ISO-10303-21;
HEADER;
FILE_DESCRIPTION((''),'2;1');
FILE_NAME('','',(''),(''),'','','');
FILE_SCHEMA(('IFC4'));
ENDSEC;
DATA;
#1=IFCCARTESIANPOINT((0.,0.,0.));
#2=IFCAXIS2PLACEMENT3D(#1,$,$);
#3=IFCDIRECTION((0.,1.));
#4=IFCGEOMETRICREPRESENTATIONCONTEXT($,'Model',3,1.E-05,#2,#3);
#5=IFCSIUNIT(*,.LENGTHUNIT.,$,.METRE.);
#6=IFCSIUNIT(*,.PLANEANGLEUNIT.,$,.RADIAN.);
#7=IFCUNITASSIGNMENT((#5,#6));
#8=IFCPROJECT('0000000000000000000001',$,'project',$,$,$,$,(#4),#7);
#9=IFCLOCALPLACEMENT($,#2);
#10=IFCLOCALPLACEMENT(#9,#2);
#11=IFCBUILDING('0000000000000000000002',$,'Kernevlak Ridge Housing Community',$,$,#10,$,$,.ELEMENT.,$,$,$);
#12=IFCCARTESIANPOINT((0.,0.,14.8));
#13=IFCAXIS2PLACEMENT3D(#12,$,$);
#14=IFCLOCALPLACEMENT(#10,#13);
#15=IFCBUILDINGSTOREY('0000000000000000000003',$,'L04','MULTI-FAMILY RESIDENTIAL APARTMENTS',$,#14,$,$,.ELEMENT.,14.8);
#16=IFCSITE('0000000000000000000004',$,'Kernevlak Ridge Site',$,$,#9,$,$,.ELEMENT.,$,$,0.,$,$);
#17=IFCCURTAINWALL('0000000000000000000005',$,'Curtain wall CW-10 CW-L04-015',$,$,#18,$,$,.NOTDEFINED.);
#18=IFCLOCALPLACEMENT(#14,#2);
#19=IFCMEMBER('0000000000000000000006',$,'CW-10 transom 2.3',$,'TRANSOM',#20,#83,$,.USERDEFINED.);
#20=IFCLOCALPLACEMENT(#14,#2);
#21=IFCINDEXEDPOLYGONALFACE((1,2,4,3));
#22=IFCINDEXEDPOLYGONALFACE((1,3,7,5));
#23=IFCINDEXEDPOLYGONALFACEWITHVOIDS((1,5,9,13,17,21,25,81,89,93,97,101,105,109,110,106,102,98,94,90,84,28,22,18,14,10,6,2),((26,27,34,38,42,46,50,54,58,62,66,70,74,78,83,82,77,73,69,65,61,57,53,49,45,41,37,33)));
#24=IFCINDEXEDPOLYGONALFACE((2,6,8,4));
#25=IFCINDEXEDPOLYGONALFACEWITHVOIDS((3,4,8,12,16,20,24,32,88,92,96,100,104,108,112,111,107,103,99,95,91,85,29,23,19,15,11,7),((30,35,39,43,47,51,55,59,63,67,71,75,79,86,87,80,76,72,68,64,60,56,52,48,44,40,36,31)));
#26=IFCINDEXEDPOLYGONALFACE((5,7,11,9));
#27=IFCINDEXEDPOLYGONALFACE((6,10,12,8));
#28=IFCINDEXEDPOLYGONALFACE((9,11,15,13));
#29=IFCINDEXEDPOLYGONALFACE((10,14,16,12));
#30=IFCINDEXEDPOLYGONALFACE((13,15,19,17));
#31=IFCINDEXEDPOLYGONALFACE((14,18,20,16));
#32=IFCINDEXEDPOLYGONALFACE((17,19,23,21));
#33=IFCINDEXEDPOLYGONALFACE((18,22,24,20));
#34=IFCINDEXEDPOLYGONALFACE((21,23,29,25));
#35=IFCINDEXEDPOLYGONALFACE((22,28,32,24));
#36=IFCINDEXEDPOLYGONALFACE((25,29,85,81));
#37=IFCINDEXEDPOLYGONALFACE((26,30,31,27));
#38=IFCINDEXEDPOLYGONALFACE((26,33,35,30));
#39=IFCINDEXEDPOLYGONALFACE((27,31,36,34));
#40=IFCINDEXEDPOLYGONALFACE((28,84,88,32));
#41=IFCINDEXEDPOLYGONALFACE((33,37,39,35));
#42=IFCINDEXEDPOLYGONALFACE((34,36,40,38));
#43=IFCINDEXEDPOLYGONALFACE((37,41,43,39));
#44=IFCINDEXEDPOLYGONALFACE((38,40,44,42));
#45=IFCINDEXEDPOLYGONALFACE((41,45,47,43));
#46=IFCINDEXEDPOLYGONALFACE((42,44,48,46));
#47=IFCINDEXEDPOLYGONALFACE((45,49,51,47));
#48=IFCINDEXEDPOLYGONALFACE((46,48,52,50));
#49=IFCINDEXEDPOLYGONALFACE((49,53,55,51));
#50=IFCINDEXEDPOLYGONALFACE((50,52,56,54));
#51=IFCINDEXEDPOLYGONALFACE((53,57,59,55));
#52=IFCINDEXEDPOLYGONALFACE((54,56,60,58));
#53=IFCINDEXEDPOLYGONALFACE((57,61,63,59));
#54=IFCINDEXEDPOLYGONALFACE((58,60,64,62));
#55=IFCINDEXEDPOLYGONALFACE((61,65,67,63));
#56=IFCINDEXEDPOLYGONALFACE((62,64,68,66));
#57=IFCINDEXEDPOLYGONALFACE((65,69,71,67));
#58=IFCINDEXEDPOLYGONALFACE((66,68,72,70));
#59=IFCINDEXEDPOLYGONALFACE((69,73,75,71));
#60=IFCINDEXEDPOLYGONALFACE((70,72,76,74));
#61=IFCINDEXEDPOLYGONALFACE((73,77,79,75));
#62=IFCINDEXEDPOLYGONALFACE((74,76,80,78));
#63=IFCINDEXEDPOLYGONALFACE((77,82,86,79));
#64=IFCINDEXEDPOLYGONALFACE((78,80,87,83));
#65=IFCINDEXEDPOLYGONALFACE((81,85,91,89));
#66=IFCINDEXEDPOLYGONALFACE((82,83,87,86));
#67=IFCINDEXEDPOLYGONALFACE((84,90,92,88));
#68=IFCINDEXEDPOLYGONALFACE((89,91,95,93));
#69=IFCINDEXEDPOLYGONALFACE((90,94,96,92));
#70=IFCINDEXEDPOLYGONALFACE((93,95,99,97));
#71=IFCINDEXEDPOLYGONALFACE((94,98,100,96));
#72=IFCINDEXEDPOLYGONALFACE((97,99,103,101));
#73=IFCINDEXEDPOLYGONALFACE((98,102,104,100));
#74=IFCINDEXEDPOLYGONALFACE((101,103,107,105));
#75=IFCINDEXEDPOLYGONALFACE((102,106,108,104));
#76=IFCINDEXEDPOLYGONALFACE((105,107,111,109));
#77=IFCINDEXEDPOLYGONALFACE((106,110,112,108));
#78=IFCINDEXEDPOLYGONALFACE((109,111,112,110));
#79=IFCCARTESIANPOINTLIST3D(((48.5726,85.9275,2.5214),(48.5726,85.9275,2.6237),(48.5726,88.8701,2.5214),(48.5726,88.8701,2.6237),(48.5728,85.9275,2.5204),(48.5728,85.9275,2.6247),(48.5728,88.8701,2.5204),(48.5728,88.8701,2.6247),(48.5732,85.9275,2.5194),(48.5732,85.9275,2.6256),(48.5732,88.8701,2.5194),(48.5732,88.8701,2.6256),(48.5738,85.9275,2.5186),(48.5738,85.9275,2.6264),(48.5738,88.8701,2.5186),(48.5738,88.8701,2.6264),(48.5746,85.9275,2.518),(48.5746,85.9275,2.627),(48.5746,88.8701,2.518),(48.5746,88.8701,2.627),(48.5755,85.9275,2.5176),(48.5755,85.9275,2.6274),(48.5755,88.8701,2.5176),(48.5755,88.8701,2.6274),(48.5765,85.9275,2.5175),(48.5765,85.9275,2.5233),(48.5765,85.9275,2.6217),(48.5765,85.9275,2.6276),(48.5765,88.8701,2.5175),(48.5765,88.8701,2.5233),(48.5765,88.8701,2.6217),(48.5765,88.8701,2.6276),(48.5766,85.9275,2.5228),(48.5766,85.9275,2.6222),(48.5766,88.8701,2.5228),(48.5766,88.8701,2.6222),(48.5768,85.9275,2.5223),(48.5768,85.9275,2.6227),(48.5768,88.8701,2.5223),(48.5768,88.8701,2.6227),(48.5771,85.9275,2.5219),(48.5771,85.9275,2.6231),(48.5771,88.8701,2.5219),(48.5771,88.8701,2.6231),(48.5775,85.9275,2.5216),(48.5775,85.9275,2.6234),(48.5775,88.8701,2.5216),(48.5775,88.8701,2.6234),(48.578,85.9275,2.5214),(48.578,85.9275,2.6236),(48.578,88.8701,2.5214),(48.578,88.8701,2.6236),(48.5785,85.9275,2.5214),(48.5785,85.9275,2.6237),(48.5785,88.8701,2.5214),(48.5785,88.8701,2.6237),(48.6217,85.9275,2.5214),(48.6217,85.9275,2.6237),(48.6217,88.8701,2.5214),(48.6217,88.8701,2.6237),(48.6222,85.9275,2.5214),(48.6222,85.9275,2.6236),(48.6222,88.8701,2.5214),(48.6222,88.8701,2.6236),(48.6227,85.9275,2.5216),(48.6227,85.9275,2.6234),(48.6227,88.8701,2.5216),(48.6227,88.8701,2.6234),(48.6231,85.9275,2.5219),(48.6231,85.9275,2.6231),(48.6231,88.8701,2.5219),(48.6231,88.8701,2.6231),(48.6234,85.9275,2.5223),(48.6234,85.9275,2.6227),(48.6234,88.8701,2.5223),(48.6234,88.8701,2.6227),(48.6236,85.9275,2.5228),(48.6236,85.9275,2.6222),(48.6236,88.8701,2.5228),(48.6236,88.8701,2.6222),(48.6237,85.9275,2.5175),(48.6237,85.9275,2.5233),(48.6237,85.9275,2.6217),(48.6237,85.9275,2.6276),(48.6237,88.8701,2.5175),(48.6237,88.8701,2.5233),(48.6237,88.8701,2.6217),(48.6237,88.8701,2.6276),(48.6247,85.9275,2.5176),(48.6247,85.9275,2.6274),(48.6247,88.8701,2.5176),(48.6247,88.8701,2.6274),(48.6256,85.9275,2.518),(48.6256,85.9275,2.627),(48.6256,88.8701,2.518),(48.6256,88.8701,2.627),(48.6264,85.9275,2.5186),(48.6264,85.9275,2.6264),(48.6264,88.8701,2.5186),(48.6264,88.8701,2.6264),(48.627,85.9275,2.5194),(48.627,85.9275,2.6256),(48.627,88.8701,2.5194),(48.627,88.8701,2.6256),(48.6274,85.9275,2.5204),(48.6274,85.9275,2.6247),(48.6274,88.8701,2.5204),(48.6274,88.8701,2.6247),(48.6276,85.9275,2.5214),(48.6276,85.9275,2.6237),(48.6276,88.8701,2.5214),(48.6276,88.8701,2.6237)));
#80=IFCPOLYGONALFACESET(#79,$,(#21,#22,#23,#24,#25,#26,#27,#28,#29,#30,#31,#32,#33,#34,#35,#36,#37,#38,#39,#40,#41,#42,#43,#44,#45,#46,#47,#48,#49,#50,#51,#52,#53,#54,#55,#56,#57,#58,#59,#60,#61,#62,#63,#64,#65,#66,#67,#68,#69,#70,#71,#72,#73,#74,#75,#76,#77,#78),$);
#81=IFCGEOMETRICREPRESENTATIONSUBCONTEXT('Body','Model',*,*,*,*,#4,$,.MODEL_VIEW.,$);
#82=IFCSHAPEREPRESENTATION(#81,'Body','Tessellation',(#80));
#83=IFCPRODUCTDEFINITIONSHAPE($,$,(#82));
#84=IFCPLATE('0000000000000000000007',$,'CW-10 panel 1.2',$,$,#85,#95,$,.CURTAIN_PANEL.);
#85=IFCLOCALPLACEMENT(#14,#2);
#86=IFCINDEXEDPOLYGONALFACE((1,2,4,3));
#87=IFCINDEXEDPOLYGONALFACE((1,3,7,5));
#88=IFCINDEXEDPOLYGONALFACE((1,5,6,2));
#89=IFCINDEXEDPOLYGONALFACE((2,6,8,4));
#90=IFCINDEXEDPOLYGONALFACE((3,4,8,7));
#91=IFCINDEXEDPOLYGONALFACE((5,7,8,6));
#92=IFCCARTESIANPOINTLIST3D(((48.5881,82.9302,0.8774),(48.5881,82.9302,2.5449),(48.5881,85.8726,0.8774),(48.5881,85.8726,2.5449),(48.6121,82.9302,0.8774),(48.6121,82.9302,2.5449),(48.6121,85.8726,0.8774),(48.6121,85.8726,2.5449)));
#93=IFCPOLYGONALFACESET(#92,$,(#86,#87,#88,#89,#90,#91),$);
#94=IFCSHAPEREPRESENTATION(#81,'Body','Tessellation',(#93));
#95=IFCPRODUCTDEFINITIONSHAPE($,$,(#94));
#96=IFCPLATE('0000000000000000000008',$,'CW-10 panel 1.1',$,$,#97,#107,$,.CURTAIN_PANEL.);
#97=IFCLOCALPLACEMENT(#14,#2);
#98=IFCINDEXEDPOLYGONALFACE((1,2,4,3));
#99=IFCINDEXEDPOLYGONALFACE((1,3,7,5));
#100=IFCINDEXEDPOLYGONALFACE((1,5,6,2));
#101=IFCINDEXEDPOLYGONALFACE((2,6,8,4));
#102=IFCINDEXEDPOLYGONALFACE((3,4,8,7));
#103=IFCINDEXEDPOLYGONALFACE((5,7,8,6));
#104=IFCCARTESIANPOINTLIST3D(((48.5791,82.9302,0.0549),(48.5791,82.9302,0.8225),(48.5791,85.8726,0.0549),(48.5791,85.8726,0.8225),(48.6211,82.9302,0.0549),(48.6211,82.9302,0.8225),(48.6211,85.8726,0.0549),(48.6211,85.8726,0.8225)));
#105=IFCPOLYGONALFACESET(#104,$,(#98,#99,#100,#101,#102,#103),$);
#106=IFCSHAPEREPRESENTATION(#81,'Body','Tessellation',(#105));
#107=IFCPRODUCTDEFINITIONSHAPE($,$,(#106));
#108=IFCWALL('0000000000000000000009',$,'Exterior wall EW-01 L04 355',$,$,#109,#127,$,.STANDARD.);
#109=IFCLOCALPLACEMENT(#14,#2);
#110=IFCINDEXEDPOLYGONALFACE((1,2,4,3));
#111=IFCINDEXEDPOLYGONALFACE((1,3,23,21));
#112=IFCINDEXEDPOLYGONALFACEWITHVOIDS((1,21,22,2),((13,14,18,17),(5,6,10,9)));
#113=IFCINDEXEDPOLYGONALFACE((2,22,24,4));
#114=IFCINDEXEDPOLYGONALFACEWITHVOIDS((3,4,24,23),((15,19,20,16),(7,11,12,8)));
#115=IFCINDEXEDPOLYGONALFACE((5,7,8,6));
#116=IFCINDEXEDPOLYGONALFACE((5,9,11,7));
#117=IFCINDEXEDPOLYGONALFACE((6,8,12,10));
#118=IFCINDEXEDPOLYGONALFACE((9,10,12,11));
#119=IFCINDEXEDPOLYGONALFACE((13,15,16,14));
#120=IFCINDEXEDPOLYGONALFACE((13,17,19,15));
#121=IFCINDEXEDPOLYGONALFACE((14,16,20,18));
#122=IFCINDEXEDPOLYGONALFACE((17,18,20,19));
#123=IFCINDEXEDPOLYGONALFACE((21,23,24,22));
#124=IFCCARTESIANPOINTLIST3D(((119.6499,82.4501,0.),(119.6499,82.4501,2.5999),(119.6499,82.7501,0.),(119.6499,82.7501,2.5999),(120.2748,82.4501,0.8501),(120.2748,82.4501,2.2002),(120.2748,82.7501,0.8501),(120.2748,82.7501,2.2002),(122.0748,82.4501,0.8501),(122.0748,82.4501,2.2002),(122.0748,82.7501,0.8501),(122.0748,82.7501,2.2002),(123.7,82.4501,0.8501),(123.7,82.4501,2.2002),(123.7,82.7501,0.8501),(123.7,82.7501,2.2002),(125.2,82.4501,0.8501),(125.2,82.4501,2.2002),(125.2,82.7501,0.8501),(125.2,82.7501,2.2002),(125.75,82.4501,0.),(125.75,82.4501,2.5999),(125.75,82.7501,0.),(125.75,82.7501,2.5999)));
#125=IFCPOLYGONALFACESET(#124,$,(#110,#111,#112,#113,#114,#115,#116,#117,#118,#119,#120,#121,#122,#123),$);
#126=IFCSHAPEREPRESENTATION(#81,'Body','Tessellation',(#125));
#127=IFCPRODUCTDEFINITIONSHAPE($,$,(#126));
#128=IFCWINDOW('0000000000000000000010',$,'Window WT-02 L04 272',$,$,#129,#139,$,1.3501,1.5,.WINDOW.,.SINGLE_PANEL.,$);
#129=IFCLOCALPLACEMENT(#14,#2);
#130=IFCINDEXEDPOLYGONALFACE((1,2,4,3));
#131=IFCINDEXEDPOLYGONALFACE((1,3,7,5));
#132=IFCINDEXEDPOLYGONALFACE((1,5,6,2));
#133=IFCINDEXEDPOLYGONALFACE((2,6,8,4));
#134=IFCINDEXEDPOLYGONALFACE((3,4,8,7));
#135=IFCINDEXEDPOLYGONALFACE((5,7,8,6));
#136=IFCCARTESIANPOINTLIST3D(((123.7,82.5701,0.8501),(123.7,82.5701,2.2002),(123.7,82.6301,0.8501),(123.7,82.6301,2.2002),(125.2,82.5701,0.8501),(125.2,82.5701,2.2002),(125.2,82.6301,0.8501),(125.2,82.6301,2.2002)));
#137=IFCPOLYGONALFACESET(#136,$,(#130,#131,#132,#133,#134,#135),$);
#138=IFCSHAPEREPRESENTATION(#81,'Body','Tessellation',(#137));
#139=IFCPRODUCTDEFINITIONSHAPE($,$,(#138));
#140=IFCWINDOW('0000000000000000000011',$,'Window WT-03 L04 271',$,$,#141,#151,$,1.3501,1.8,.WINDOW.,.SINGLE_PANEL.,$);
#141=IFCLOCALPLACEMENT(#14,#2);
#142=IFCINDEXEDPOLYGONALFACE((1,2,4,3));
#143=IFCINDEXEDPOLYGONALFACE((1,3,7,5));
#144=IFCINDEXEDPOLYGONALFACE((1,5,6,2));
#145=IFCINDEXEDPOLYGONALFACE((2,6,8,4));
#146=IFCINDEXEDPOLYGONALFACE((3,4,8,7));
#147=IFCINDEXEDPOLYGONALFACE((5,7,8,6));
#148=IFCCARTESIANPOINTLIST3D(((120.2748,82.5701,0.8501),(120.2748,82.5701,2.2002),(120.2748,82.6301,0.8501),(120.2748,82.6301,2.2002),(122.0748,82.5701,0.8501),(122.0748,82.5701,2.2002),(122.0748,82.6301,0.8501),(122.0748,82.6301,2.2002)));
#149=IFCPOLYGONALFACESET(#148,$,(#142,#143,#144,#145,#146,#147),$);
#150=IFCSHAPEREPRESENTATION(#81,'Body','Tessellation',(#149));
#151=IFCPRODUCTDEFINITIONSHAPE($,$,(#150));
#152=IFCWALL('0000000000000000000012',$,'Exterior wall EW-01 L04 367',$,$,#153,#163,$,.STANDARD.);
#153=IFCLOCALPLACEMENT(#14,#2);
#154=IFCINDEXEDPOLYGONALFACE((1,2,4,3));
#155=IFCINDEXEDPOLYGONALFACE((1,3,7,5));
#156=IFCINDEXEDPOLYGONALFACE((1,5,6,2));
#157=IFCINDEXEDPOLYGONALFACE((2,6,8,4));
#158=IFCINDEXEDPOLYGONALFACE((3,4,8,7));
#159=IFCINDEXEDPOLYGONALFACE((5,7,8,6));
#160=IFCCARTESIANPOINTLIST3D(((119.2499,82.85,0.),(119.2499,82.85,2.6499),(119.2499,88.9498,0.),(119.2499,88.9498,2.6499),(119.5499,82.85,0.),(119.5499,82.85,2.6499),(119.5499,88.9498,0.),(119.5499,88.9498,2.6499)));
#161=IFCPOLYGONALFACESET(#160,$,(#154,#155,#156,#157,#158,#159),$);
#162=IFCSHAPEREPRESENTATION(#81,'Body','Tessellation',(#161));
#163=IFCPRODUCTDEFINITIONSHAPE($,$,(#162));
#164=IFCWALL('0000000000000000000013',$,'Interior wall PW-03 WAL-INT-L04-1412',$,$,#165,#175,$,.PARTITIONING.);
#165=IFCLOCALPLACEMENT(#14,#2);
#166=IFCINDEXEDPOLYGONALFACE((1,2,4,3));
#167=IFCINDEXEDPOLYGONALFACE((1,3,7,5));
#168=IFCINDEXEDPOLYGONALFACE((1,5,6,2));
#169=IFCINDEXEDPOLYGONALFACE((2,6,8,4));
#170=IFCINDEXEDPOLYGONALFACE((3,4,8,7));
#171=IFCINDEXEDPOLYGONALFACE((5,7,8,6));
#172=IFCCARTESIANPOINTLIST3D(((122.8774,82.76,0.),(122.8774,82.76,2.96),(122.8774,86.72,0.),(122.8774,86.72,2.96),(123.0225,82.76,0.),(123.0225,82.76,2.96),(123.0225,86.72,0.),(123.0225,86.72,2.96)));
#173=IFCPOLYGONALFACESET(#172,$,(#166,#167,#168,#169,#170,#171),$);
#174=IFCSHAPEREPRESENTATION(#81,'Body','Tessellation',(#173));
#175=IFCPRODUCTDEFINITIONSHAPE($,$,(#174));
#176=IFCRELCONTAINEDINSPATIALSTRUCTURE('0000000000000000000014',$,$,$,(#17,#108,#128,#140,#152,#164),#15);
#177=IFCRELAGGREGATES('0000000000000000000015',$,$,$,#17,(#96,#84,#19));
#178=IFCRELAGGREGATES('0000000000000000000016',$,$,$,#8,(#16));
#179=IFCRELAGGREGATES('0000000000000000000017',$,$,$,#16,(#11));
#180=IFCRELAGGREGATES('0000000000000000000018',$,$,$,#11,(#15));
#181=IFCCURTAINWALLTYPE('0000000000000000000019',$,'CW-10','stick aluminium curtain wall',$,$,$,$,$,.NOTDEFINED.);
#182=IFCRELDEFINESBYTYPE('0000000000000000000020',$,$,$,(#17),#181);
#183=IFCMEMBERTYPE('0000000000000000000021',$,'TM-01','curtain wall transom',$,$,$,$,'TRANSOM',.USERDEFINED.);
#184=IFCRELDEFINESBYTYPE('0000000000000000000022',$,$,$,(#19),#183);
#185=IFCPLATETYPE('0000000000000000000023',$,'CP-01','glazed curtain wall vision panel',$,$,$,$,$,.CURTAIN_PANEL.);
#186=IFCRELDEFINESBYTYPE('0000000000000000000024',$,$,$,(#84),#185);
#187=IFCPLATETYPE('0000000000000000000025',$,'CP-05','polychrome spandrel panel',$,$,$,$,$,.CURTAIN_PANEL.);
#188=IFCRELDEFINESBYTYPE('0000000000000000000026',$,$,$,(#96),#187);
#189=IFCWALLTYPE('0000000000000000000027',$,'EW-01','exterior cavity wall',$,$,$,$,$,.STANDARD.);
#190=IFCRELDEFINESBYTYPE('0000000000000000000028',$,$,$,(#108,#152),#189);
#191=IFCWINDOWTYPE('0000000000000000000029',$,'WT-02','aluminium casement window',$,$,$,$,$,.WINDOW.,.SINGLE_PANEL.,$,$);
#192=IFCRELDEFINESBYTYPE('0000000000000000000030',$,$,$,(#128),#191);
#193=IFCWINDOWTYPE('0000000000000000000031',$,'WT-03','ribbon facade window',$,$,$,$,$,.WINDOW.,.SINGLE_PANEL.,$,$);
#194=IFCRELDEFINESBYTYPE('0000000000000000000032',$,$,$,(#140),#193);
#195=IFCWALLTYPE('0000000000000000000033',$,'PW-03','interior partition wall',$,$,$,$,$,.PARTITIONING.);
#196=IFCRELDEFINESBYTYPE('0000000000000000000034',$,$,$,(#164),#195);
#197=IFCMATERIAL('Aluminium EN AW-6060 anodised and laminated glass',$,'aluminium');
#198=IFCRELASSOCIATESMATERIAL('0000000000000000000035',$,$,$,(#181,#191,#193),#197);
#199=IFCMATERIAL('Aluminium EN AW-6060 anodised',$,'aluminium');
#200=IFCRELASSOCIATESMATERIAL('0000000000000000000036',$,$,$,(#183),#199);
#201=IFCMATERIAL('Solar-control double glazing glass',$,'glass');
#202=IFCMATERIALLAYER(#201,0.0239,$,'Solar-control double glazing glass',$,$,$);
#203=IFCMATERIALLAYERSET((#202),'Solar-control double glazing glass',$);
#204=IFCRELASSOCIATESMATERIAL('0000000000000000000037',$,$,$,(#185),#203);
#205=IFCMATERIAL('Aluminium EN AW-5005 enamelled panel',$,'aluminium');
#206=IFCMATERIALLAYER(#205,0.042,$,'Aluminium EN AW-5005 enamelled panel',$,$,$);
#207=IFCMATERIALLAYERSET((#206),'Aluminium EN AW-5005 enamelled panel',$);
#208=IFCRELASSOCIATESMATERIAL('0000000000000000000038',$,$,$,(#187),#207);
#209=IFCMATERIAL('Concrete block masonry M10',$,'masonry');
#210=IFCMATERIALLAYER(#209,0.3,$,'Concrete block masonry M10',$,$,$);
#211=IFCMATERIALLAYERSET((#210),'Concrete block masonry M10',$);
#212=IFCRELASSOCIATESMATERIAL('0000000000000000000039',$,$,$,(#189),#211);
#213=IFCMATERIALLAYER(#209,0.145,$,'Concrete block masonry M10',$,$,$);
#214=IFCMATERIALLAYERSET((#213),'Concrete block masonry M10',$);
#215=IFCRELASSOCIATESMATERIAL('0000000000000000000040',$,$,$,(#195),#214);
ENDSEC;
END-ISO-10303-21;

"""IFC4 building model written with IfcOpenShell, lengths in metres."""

from ifc_helpers import new_model, si_unit, direction, frame, frame_2d, origin, origin_2d, place, context, subcontext, project, spatial, rectangle, hollow_rectangle, extrude, material, layer, layer_set, material_profile, profile_set, type_object, element, fill, aggregate, save


model = new_model("IFC4")

# Units and contexts
model_context = context("Model", 3, precision=1e-05, world=origin(), true_north=direction((0.0, 1.0)))
body_context = subcontext(model_context, "Body", "Model", "MODEL_VIEW")
ifc_project = project(units=[si_unit("LENGTHUNIT", "METRE"), si_unit("PLANEANGLEUNIT", "RADIAN")], contexts=[model_context])

# Site, building, storey
site_placement = place(None, origin())
site = spatial("IfcSite", under=ifc_project, at=site_placement, Name="Kernevlak Ridge Site", CompositionType="ELEMENT", RefElevation=0.0)
building_placement = place(site_placement, origin())
building = spatial("IfcBuilding", under=site, at=building_placement, Name="Kernevlak Ridge Housing Community", CompositionType="ELEMENT")
storey_placement = place(building_placement, frame((0.0, 0.0, 14.8)))
storey = spatial("IfcBuildingStorey", under=building, at=storey_placement, Name="L04", Description="MULTI-FAMILY RESIDENTIAL APARTMENTS", CompositionType="ELEMENT", Elevation=14.8)

# Curtain wall, member, plates
ifc_material_1 = material(Name="Aluminium EN AW-6060 anodised and laminated glass", Category="aluminium")
curtain_wall_type = type_object("IfcCurtainWallType", Name="CW-10", Description="stick aluminium curtain wall", PredefinedType="NOTDEFINED", material=ifc_material_1)
curtain_wall_placement = place(storey_placement, origin())
curtain_wall = element("IfcCurtainWall", 1, at=curtain_wall_placement, inside=storey, type_object=curtain_wall_type, Name="Curtain wall CW-10 CW-L04-015", PredefinedType="NOTDEFINED")
ifc_material_2 = material(Name="Aluminium EN AW-6060 anodised", Category="aluminium")
ifc_material_profile_1 = material_profile(ifc_material_2, hollow_rectangle(XDim=0.0549, YDim=0.1101, WallThickness=0.0039, InnerFilletRadius=0.002, OuterFilletRadius=0.0039, at=origin_2d()), Name="ALU 55x110x4")
ifc_profile_set_1 = profile_set([ifc_material_profile_1], Name="Aluminium EN AW-6060 anodised")
member_type = type_object("IfcMemberType", Name="TM-01", Description="curtain wall transom", ElementType="TRANSOM", PredefinedType="USERDEFINED", material=ifc_profile_set_1)
member_1_placement = place(storey_placement, frame((48.6001, 85.9275, 2.5725), z_axis=(0.0, 1.0, 0.0), x_axis=(-1.0, 0.0, 0.0)))
member_1 = element("IfcMember", 2, at=member_1_placement, type_object=member_type, Name="CW-10 transom 2.3", ObjectType="TRANSOM", PredefinedType="USERDEFINED", context=body_context, shape_type="SweptSolid", body=[
    extrude(hollow_rectangle(XDim=0.0549, YDim=0.1101, WallThickness=0.0039, InnerFilletRadius=0.002, OuterFilletRadius=0.0039, at=origin_2d()), origin(), (0.0, 0.0, 1.0), 2.9426),
])
ifc_material_3 = material(Name="Solar-control double glazing glass", Category="glass")
ifc_layer_1 = layer(ifc_material_3, 0.0239, Name="Solar-control double glazing glass")
ifc_layer_set_1 = layer_set([ifc_layer_1], Name="Solar-control double glazing glass")
plate_type_1 = type_object("IfcPlateType", Name="CP-01", Description="glazed curtain wall vision panel", PredefinedType="CURTAIN_PANEL", material=ifc_layer_set_1)
plate_1_placement = place(storey_placement, frame((48.6001, 84.4014, 0.8774), z_axis=(0.0, 0.0, 1.0), x_axis=(0.0, 1.0, 0.0)))
plate_1 = element("IfcPlate", 3, at=plate_1_placement, type_object=plate_type_1, Name="CW-10 panel 1.2", PredefinedType="CURTAIN_PANEL", context=body_context, shape_type="SweptSolid", body=[
    extrude(rectangle(XDim=2.9424, YDim=0.0239, at=origin_2d()), origin(), (0.0, 0.0, 1.0), 1.6675),
])
ifc_material_4 = material(Name="Aluminium EN AW-5005 enamelled panel", Category="aluminium")
ifc_layer_2 = layer(ifc_material_4, 0.042, Name="Aluminium EN AW-5005 enamelled panel")
ifc_layer_set_2 = layer_set([ifc_layer_2], Name="Aluminium EN AW-5005 enamelled panel")
plate_type_2 = type_object("IfcPlateType", Name="CP-05", Description="polychrome spandrel panel", PredefinedType="CURTAIN_PANEL", material=ifc_layer_set_2)
plate_2_placement = place(storey_placement, frame((48.6001, 84.4014, 0.0549), z_axis=(0.0, 0.0, 1.0), x_axis=(0.0, 1.0, 0.0)))
plate_2 = element("IfcPlate", 4, at=plate_2_placement, type_object=plate_type_2, Name="CW-10 panel 1.1", PredefinedType="CURTAIN_PANEL", context=body_context, shape_type="SweptSolid", body=[
    extrude(rectangle(XDim=2.9424, YDim=0.042, at=origin_2d()), origin(), (0.0, 0.0, 1.0), 0.7676),
])
aggregate(curtain_wall, [plate_2, plate_1, member_1])

# Wall, openings, windows
ifc_material_5 = material(Name="Concrete block masonry M10", Category="masonry")
ifc_layer_3 = layer(ifc_material_5, 0.3, Name="Concrete block masonry M10")
ifc_layer_set_3 = layer_set([ifc_layer_3], Name="Concrete block masonry M10")
wall_type_1 = type_object("IfcWallType", Name="EW-01", Description="exterior cavity wall", PredefinedType="STANDARD", material=ifc_layer_set_3)
wall_1_placement = place(storey_placement, frame((119.6499, 82.6001, 0.0), z_axis=(0.0, 0.0, 1.0), x_axis=(1.0, 0.0, 0.0)))
wall_1 = element("IfcWall", 5, at=wall_1_placement, inside=storey, type_object=wall_type_1, Name="Exterior wall EW-01 L04 355", PredefinedType="STANDARD", context=body_context, shape_type="SweptSolid", body=[
    extrude(rectangle(XDim=6.1001, YDim=0.3, at=frame_2d((3.05, 0.0))), origin(), (0.0, 0.0, 1.0), 2.5999),
])
opening_1_placement = place(wall_1_placement, frame((0.625, 0.0, 0.8501)))
opening_1 = element("IfcOpeningElement", 6, at=opening_1_placement, cuts=wall_1, PredefinedType="OPENING", context=body_context, shape_type="SweptSolid", body=[
    extrude(rectangle(XDim=1.8, YDim=1.3501, at=frame_2d((0.8999, 0.675))), frame((0.0, 0.1599, 0.0), z_axis=(0.0, -1.0, 0.0), x_axis=(1.0, 0.0, 0.0)), (0.0, 0.0, 1.0), 0.3201),
])
opening_2_placement = place(wall_1_placement, frame((4.05, 0.0, 0.8501)))
opening_2 = element("IfcOpeningElement", 7, at=opening_2_placement, cuts=wall_1, PredefinedType="OPENING", context=body_context, shape_type="SweptSolid", body=[
    extrude(rectangle(XDim=1.5, YDim=1.3501, at=frame_2d((0.75, 0.675))), frame((0.0, 0.1599, 0.0), z_axis=(0.0, -1.0, 0.0), x_axis=(1.0, 0.0, 0.0)), (0.0, 0.0, 1.0), 0.3201),
])
window_type_1 = type_object("IfcWindowType", Name="WT-02", Description="aluminium casement window", PartitioningType="SINGLE_PANEL", PredefinedType="WINDOW", material=ifc_material_1)
window_1_placement = place(opening_2_placement, origin())
window_1 = element("IfcWindow", 8, at=window_1_placement, inside=storey, type_object=window_type_1, Name="Window WT-02 L04 272", OverallHeight=1.3501, OverallWidth=1.5, PartitioningType="SINGLE_PANEL", PredefinedType="WINDOW", context=body_context, shape_type="SweptSolid", body=[
    extrude(rectangle(XDim=1.5, YDim=1.3501, at=frame_2d((0.75, 0.675))), frame((0.0, 0.03, 0.0), z_axis=(0.0, -1.0, 0.0), x_axis=(1.0, 0.0, 0.0)), (0.0, 0.0, 1.0), 0.0601),
])
fill(opening_2, window_1)
window_type_2 = type_object("IfcWindowType", Name="WT-03", Description="ribbon facade window", PartitioningType="SINGLE_PANEL", PredefinedType="WINDOW", material=ifc_material_1)
window_2_placement = place(opening_1_placement, origin())
window_2 = element("IfcWindow", 9, at=window_2_placement, inside=storey, type_object=window_type_2, Name="Window WT-03 L04 271", OverallHeight=1.3501, OverallWidth=1.8, PartitioningType="SINGLE_PANEL", PredefinedType="WINDOW", context=body_context, shape_type="SweptSolid", body=[
    extrude(rectangle(XDim=1.8, YDim=1.3501, at=frame_2d((0.8999, 0.675))), frame((0.0, 0.03, 0.0), z_axis=(0.0, -1.0, 0.0), x_axis=(1.0, 0.0, 0.0)), (0.0, 0.0, 1.0), 0.0601),
])
fill(opening_1, window_2)

# Walls
wall_2_placement = place(storey_placement, frame((119.3999, 82.8501, 0.0), z_axis=(0.0, 0.0, 1.0), x_axis=(0.0, 1.0, 0.0)))
element("IfcWall", 10, at=wall_2_placement, inside=storey, type_object=wall_type_1, Name="Exterior wall EW-01 L04 367", PredefinedType="STANDARD", context=body_context, shape_type="SweptSolid", body=[
    extrude(rectangle(XDim=6.0999, YDim=0.3, at=frame_2d((3.0498, 0.0))), origin(), (0.0, 0.0, 1.0), 2.6499),
])
ifc_layer_4 = layer(ifc_material_5, 0.145, Name="Concrete block masonry M10")
ifc_layer_set_4 = layer_set([ifc_layer_4], Name="Concrete block masonry M10")
wall_type_2 = type_object("IfcWallType", Name="PW-03", Description="interior partition wall", PredefinedType="PARTITIONING", material=ifc_layer_set_4)
wall_3_placement = place(storey_placement, frame((122.95, 86.72, 0.0), z_axis=(0.0, 0.0, 1.0), x_axis=(0.0, -1.0, 0.0)))
element("IfcWall", 11, at=wall_3_placement, inside=storey, type_object=wall_type_2, Name="Interior wall PW-03 WAL-INT-L04-1412", PredefinedType="PARTITIONING", context=body_context, shape_type="SweptSolid", body=[
    extrude(rectangle(XDim=3.96, YDim=0.145, at=frame_2d((1.98, 0.0))), origin(), (0.0, 0.0, 1.0), 2.96),
])

save(model, "model.ifc")
